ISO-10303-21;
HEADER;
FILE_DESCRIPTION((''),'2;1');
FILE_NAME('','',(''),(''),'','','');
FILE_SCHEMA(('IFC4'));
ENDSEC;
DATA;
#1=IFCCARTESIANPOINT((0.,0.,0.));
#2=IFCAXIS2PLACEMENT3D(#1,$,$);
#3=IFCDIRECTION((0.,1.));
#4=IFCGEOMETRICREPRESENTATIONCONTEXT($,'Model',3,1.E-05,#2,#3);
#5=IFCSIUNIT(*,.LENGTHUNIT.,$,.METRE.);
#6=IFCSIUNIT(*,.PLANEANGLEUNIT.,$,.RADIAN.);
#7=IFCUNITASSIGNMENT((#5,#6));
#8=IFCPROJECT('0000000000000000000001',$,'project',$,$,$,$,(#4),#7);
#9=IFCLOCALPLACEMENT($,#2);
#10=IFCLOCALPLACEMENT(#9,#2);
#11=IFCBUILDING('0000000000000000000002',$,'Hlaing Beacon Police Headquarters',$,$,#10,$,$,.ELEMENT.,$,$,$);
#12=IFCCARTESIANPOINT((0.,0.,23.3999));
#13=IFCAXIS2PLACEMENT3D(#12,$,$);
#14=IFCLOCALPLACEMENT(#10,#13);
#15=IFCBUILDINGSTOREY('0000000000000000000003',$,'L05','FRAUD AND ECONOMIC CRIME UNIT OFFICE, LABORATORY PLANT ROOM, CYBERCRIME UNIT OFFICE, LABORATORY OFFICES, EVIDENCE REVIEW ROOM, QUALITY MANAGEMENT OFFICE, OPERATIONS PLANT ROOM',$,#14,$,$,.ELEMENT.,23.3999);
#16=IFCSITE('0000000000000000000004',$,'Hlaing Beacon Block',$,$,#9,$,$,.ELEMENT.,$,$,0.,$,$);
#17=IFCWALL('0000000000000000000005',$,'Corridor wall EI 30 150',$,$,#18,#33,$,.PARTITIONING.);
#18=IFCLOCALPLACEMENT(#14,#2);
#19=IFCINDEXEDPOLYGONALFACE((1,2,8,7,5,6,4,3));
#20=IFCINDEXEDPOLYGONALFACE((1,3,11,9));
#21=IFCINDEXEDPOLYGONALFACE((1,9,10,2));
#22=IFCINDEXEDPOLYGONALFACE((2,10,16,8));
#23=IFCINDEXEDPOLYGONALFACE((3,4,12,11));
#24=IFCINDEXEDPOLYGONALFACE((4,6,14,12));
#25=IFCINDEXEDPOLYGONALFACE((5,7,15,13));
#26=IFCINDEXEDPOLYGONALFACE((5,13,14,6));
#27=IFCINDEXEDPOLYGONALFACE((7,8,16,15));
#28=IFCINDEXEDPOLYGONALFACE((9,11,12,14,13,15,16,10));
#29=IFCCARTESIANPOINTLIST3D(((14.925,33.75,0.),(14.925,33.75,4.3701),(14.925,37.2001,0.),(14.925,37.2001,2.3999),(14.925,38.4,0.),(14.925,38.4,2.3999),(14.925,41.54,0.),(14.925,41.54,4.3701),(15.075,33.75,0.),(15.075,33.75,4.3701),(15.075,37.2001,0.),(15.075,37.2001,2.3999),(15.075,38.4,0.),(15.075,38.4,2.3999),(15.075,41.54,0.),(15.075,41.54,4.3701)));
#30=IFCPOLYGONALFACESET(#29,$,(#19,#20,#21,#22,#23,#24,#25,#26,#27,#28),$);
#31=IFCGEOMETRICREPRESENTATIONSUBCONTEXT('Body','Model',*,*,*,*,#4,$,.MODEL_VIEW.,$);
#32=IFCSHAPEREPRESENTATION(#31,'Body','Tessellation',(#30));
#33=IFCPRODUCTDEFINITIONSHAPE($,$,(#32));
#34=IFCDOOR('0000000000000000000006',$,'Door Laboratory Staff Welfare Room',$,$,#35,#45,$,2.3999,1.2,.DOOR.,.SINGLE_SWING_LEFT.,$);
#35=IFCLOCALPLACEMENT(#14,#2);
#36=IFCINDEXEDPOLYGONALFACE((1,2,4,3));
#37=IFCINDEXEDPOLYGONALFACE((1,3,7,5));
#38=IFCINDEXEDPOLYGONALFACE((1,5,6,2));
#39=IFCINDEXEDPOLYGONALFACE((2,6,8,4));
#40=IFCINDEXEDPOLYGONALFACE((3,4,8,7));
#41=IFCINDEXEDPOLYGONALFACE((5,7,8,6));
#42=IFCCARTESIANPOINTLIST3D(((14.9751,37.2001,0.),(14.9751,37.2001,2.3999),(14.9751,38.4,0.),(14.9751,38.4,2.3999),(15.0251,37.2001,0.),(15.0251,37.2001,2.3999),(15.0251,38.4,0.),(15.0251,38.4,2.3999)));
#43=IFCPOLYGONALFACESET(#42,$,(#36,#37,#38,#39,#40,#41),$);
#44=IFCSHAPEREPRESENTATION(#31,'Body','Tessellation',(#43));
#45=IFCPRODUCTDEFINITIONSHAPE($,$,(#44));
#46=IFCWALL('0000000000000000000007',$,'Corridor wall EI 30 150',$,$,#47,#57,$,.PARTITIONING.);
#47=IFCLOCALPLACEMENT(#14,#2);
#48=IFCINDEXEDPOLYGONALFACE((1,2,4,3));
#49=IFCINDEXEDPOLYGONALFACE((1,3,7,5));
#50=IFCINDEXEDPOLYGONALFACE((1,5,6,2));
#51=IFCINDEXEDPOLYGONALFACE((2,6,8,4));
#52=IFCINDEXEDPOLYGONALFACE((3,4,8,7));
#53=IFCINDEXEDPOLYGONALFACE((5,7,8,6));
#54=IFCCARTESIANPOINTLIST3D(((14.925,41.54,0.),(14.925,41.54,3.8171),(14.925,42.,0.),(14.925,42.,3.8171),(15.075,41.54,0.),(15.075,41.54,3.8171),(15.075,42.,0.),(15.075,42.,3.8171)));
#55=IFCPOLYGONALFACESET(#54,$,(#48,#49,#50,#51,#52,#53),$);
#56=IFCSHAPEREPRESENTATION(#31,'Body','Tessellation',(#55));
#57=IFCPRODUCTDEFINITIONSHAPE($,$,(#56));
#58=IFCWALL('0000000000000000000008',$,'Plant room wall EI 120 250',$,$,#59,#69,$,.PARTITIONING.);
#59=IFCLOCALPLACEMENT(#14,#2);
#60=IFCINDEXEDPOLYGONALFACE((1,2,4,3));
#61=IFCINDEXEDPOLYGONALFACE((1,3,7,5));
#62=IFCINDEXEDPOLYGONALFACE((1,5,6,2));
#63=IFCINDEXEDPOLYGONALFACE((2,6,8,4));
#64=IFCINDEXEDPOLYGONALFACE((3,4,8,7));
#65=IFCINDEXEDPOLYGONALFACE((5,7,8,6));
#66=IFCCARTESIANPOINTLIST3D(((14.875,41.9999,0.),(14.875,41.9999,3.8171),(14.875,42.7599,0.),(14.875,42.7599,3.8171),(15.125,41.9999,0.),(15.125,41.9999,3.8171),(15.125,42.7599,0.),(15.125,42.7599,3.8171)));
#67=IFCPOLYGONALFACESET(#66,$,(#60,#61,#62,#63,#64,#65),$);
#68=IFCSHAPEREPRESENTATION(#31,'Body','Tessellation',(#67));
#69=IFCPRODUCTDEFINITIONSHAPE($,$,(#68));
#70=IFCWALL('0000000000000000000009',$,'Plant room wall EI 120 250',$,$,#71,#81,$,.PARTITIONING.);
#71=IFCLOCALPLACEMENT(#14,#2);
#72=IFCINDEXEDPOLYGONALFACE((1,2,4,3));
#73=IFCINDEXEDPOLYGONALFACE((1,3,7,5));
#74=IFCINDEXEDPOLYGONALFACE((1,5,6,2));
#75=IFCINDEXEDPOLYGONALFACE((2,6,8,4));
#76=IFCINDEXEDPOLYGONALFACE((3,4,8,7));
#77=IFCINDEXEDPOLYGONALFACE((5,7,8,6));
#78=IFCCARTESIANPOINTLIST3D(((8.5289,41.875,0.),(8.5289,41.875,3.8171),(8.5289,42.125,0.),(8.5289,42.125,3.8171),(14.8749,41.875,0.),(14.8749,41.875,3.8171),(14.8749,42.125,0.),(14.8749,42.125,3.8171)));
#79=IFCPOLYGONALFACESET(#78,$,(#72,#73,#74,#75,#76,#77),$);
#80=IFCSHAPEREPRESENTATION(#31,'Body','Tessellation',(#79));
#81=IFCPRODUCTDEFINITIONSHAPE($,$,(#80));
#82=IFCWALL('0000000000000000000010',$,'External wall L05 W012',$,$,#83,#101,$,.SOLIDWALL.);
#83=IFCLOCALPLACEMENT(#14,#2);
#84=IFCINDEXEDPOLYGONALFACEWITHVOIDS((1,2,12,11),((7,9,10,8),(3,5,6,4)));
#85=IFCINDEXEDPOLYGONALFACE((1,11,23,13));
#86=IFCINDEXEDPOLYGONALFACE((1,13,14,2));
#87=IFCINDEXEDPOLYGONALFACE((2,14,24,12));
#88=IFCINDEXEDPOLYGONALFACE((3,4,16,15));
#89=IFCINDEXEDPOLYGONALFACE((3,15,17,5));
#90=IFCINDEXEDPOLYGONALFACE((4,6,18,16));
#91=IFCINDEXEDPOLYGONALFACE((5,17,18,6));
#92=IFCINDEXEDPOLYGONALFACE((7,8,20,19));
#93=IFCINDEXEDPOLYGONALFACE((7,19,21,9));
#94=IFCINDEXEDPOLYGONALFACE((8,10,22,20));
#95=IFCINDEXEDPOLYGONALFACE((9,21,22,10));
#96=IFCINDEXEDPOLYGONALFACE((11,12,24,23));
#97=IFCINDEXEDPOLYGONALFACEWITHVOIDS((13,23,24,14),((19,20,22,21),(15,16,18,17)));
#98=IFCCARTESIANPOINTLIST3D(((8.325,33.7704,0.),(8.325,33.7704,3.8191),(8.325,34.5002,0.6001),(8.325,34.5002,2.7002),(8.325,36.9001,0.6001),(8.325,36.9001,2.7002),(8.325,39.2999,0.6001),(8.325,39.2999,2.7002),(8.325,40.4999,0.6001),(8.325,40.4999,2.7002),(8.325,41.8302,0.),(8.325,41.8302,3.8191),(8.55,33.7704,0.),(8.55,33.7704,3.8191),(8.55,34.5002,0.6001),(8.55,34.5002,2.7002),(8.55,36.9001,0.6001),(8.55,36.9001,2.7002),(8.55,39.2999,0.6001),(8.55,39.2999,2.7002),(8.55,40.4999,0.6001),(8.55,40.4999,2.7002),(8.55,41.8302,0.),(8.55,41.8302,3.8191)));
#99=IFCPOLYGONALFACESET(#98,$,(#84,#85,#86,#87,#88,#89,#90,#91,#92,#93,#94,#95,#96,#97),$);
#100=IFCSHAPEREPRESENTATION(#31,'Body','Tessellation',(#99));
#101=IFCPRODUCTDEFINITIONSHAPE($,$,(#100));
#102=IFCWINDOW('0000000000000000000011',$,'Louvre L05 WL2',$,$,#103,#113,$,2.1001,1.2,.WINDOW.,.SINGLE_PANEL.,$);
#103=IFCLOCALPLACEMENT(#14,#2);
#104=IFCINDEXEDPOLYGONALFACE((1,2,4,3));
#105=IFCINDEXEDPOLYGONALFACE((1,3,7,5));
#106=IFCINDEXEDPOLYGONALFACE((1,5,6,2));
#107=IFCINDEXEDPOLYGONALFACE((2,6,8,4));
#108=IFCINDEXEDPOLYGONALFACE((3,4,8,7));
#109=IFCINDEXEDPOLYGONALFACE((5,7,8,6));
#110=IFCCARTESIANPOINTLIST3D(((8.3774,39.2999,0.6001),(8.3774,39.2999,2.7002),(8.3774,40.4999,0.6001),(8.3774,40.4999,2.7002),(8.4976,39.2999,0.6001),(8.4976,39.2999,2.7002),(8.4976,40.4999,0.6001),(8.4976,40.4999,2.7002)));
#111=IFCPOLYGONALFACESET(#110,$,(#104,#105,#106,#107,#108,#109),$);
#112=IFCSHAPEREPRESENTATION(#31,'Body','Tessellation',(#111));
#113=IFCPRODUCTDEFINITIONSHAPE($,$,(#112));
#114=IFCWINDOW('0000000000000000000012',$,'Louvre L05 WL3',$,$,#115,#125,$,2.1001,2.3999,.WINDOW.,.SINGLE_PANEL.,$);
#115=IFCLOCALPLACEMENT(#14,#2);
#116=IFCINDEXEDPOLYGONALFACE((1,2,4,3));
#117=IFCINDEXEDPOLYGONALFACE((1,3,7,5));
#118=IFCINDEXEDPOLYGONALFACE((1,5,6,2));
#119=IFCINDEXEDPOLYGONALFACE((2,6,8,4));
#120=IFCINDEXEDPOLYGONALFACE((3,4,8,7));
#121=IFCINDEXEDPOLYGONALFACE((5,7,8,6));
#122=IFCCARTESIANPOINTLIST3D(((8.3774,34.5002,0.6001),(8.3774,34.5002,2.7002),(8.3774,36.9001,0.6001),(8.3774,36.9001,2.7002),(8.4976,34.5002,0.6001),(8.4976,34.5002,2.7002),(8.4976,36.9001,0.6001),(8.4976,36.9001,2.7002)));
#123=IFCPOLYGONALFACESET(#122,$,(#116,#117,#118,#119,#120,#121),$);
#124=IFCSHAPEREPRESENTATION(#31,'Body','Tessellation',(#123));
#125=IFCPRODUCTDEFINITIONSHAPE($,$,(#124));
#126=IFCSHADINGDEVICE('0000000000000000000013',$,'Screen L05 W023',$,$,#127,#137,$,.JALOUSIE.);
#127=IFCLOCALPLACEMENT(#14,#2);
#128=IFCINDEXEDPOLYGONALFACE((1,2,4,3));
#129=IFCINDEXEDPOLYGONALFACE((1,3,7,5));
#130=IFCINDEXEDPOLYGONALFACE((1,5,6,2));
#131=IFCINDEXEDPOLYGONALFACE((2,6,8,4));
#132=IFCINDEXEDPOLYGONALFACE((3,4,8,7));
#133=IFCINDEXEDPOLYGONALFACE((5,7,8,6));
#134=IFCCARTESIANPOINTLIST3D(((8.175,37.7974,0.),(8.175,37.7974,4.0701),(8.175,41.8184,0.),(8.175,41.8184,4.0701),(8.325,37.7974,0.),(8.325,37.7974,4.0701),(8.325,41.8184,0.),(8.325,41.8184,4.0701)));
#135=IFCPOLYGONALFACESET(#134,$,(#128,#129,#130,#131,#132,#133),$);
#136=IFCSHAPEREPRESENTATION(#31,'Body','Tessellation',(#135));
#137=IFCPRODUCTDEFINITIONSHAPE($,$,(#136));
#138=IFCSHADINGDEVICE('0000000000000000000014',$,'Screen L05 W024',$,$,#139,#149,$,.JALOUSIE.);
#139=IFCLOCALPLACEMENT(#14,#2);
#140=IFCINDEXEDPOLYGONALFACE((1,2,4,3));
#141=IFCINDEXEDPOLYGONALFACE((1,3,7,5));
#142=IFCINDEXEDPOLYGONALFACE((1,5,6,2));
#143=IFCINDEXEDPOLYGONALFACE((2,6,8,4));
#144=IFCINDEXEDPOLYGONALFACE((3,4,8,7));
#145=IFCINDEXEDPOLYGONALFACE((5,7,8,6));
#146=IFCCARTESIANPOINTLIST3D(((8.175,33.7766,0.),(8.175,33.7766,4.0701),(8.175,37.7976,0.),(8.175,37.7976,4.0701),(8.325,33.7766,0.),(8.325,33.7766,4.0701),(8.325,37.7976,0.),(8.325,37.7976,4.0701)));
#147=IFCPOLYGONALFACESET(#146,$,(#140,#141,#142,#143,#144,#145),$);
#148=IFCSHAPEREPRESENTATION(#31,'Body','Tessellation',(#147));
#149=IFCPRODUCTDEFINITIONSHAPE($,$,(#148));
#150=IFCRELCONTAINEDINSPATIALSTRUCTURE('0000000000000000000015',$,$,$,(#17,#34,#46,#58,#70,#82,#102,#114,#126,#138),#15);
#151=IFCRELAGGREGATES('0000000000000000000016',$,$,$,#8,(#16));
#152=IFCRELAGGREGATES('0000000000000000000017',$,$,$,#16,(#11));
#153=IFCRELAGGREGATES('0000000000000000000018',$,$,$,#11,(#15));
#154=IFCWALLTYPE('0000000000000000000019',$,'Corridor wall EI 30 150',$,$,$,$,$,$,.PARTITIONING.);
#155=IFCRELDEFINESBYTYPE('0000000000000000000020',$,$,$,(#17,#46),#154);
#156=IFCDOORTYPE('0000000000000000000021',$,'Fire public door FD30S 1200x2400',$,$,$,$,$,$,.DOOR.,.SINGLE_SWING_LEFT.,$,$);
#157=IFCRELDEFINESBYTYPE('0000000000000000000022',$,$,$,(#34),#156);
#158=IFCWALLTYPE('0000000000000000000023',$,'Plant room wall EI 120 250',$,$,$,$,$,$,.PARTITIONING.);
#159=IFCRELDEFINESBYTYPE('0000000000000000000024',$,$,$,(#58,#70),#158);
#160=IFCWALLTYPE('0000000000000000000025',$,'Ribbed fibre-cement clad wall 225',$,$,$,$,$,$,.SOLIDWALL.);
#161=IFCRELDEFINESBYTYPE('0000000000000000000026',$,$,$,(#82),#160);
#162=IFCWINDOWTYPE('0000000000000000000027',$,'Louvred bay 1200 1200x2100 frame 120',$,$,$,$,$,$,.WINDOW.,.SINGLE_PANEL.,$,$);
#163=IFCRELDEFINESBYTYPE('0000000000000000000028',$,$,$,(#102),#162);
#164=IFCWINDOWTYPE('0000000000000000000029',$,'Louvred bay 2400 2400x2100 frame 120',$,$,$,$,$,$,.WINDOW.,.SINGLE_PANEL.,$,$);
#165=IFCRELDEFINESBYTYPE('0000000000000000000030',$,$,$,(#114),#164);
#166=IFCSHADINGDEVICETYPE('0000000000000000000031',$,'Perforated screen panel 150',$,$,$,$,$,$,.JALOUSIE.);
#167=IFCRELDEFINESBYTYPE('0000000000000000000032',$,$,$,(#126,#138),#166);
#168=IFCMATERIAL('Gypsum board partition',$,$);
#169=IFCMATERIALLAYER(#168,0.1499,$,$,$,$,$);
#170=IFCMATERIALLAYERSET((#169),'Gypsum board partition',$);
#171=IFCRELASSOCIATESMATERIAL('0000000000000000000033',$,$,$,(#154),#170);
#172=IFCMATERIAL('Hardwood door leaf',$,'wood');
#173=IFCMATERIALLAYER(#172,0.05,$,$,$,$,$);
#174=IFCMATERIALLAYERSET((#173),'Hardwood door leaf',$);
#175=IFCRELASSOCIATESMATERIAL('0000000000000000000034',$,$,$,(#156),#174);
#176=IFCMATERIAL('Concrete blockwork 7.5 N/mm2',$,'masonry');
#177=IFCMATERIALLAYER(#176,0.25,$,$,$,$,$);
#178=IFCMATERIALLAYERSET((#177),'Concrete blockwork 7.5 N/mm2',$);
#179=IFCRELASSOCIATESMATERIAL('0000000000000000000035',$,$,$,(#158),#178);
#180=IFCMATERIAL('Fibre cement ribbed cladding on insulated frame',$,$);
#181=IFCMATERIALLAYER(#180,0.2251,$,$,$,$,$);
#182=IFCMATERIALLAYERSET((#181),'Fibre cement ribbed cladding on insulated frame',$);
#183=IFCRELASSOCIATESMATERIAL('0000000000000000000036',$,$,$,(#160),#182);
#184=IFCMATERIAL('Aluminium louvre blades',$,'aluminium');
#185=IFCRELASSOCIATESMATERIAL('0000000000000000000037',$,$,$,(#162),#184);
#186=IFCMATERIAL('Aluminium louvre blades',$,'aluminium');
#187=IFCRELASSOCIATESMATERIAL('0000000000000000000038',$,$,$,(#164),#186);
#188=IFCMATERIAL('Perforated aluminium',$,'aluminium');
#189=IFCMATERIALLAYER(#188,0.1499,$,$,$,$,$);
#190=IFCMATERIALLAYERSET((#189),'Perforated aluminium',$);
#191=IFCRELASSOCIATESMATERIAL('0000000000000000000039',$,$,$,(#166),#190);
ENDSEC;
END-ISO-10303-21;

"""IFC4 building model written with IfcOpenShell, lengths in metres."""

from ifc_helpers import new_model, si_unit, direction, frame, frame_2d, origin, origin_2d, place, context, subcontext, project, spatial, rectangle, extrude, material, layer, layer_set, type_object, element, fill, save


model = new_model("IFC4")

# Units and contexts
model_context = context("Model", 3, precision=1e-05, world=origin(), true_north=direction((0.0, 1.0)))
body_context = subcontext(model_context, "Body", "Model", "MODEL_VIEW")
ifc_project = project(units=[si_unit("LENGTHUNIT", "METRE"), si_unit("PLANEANGLEUNIT", "RADIAN")], contexts=[model_context])

# Site, building, storey
site_placement = place(None, origin())
site = spatial("IfcSite", under=ifc_project, at=site_placement, Name="Hlaing Beacon Block", CompositionType="ELEMENT", RefElevation=0.0)
building_placement = place(site_placement, origin())
building = spatial("IfcBuilding", under=site, at=building_placement, Name="Hlaing Beacon Police Headquarters", CompositionType="ELEMENT")
storey_placement = place(building_placement, frame((0.0, 0.0, 23.3999)))
storey = spatial("IfcBuildingStorey", under=building, at=storey_placement, Name="L05", Description="FRAUD AND ECONOMIC CRIME UNIT OFFICE, LABORATORY PLANT ROOM, CYBERCRIME UNIT OFFICE, LABORATORY OFFICES, EVIDENCE REVIEW ROOM, QUALITY MANAGEMENT OFFICE, OPERATIONS PLANT ROOM", CompositionType="ELEMENT", Elevation=23.3999)

# Wall, opening, door
ifc_material_1 = material(Name="Gypsum board partition")
ifc_layer_1 = layer(ifc_material_1, 0.1499)
ifc_layer_set_1 = layer_set([ifc_layer_1], Name="Gypsum board partition")
wall_type_1 = type_object("IfcWallType", Name="Corridor wall EI 30 150", PredefinedType="PARTITIONING", material=ifc_layer_set_1)
wall_1_placement = place(storey_placement, frame((15.0, 33.75, 0.0), z_axis=(0.0, 0.0, 1.0), x_axis=(0.0, 1.0, 0.0)))
wall_1 = element("IfcWall", 1, at=wall_1_placement, inside=storey, type_object=wall_type_1, Name="Corridor wall EI 30 150", PredefinedType="PARTITIONING", context=body_context, shape_type="SweptSolid", body=[
    extrude(rectangle(XDim=7.79, YDim=0.1499, at=frame_2d((3.895, 0.0))), origin(), (0.0, 0.0, 1.0), 4.3701),
])
opening_1_placement = place(wall_1_placement, frame((3.45, 0.0, 0.0)))
opening_1 = element("IfcOpeningElement", 2, at=opening_1_placement, cuts=wall_1, PredefinedType="OPENING", context=body_context, shape_type="SweptSolid", body=[
    extrude(rectangle(XDim=1.2, YDim=2.3999, at=frame_2d((0.6001, 1.2))), frame((0.0, 0.085, 0.0), z_axis=(0.0, -1.0, 0.0), x_axis=(1.0, 0.0, 0.0)), (0.0, 0.0, 1.0), 0.1699),
])
ifc_material_2 = material(Name="Hardwood door leaf", Category="wood")
ifc_layer_2 = layer(ifc_material_2, 0.05)
ifc_layer_set_2 = layer_set([ifc_layer_2], Name="Hardwood door leaf")
door_type_1 = type_object("IfcDoorType", Name="Fire public door FD30S 1200x2400", OperationType="SINGLE_SWING_LEFT", PredefinedType="DOOR", material=ifc_layer_set_2)
door_1_placement = place(opening_1_placement, origin())
door_1 = element("IfcDoor", 3, at=door_1_placement, inside=storey, type_object=door_type_1, Name="Door Laboratory Staff Welfare Room", OperationType="SINGLE_SWING_LEFT", OverallHeight=2.3999, OverallWidth=1.2, PredefinedType="DOOR", context=body_context, shape_type="SweptSolid", body=[
    extrude(rectangle(XDim=1.2, YDim=2.3999, at=frame_2d((0.6001, 1.2))), frame((0.0, 0.0249, 0.0), z_axis=(0.0, -1.0, 0.0), x_axis=(1.0, 0.0, 0.0)), (0.0, 0.0, 1.0), 0.05),
])
fill(opening_1, door_1)

# Walls
wall_2_placement = place(storey_placement, frame((15.0, 41.54, 0.0), z_axis=(0.0, 0.0, 1.0), x_axis=(0.0, 1.0, 0.0)))
element("IfcWall", 4, at=wall_2_placement, inside=storey, type_object=wall_type_1, Name="Corridor wall EI 30 150", PredefinedType="PARTITIONING", context=body_context, shape_type="SweptSolid", body=[
    extrude(rectangle(XDim=0.46, YDim=0.1499, at=frame_2d((0.23, 0.0))), origin(), (0.0, 0.0, 1.0), 3.8171),
])
ifc_material_3 = material(Name="Concrete blockwork 7.5 N/mm2", Category="masonry")
ifc_layer_3 = layer(ifc_material_3, 0.25)
ifc_layer_set_3 = layer_set([ifc_layer_3], Name="Concrete blockwork 7.5 N/mm2")
wall_type_2 = type_object("IfcWallType", Name="Plant room wall EI 120 250", PredefinedType="PARTITIONING", material=ifc_layer_set_3)
wall_3_placement = place(storey_placement, frame((15.0, 42.0, 0.0), z_axis=(0.0, 0.0, 1.0), x_axis=(0.0, 1.0, 0.0)))
element("IfcWall", 5, at=wall_3_placement, inside=storey, type_object=wall_type_2, Name="Plant room wall EI 120 250", PredefinedType="PARTITIONING", context=body_context, shape_type="SweptSolid", body=[
    extrude(rectangle(XDim=0.76, YDim=0.25, at=frame_2d((0.3799, 0.0))), origin(), (0.0, 0.0, 1.0), 3.8171),
])
wall_4_placement = place(storey_placement, frame((8.5291, 42.0, 0.0), z_axis=(0.0, 0.0, 1.0), x_axis=(1.0, 0.0, 0.0)))
element("IfcWall", 6, at=wall_4_placement, inside=storey, type_object=wall_type_2, Name="Plant room wall EI 120 250", PredefinedType="PARTITIONING", context=body_context, shape_type="SweptSolid", body=[
    extrude(rectangle(XDim=6.3459, YDim=0.25, at=frame_2d((3.1729, 0.0))), origin(), (0.0, 0.0, 1.0), 3.8171),
])

# Wall, openings, windows
ifc_material_4 = material(Name="Fibre cement ribbed cladding on insulated frame")
ifc_layer_4 = layer(ifc_material_4, 0.2251)
ifc_layer_set_4 = layer_set([ifc_layer_4], Name="Fibre cement ribbed cladding on insulated frame")
wall_type_3 = type_object("IfcWallType", Name="Ribbed fibre-cement clad wall 225", PredefinedType="SOLIDWALL", material=ifc_layer_set_4)
wall_5_placement = place(storey_placement, frame((8.4375, 41.8301, 0.0), z_axis=(0.0, 0.0, 1.0), x_axis=(0.0, -1.0, 0.0)))
wall_5 = element("IfcWall", 7, at=wall_5_placement, inside=storey, type_object=wall_type_3, Name="External wall L05 W012", PredefinedType="SOLIDWALL", context=body_context, shape_type="SweptSolid", body=[
    extrude(rectangle(XDim=8.0598, YDim=0.2251, at=frame_2d((4.0298, 0.0))), origin(), (0.0, 0.0, 1.0), 3.8191),
])
opening_2_placement = place(wall_5_placement, frame((1.3301, 0.0, 0.6001)))
opening_2 = element("IfcOpeningElement", 8, at=opening_2_placement, cuts=wall_5, PredefinedType="OPENING", context=body_context, shape_type="SweptSolid", body=[
    extrude(rectangle(XDim=1.2, YDim=2.1001, at=frame_2d((0.6001, 1.05))), frame((0.0, 0.1226, 0.0), z_axis=(0.0, -1.0, 0.0), x_axis=(1.0, 0.0, 0.0)), (0.0, 0.0, 1.0), 0.2451),
])
opening_3_placement = place(wall_5_placement, frame((4.9299, 0.0, 0.6001)))
opening_3 = element("IfcOpeningElement", 9, at=opening_3_placement, cuts=wall_5, PredefinedType="OPENING", context=body_context, shape_type="SweptSolid", body=[
    extrude(rectangle(XDim=2.3999, YDim=2.1001, at=frame_2d((1.2, 1.05))), frame((0.0, 0.1226, 0.0), z_axis=(0.0, -1.0, 0.0), x_axis=(1.0, 0.0, 0.0)), (0.0, 0.0, 1.0), 0.2451),
])
ifc_material_5 = material(Name="Aluminium louvre blades", Category="aluminium")
window_type_1 = type_object("IfcWindowType", Name="Louvred bay 1200 1200x2100 frame 120", PartitioningType="SINGLE_PANEL", PredefinedType="WINDOW", material=ifc_material_5)
window_1_placement = place(opening_2_placement, origin())
window_1 = element("IfcWindow", 10, at=window_1_placement, inside=storey, type_object=window_type_1, Name="Louvre L05 WL2", OverallHeight=2.1001, OverallWidth=1.2, PartitioningType="SINGLE_PANEL", PredefinedType="WINDOW", context=body_context, shape_type="SweptSolid", body=[
    extrude(rectangle(XDim=1.2, YDim=2.1001, at=frame_2d((0.6001, 1.05))), frame((0.0, 0.0601, 0.0), z_axis=(0.0, -1.0, 0.0), x_axis=(1.0, 0.0, 0.0)), (0.0, 0.0, 1.0), 0.1201),
])
fill(opening_2, window_1)
ifc_material_6 = material(Name="Aluminium louvre blades", Category="aluminium")
window_type_2 = type_object("IfcWindowType", Name="Louvred bay 2400 2400x2100 frame 120", PartitioningType="SINGLE_PANEL", PredefinedType="WINDOW", material=ifc_material_6)
window_2_placement = place(opening_3_placement, origin())
window_2 = element("IfcWindow", 11, at=window_2_placement, inside=storey, type_object=window_type_2, Name="Louvre L05 WL3", OverallHeight=2.1001, OverallWidth=2.3999, PartitioningType="SINGLE_PANEL", PredefinedType="WINDOW", context=body_context, shape_type="SweptSolid", body=[
    extrude(rectangle(XDim=2.3999, YDim=2.1001, at=frame_2d((1.2, 1.05))), frame((0.0, 0.0601, 0.0), z_axis=(0.0, -1.0, 0.0), x_axis=(1.0, 0.0, 0.0)), (0.0, 0.0, 1.0), 0.1201),
])
fill(opening_3, window_2)

# Shading devices
ifc_material_7 = material(Name="Perforated aluminium", Category="aluminium")
ifc_layer_5 = layer(ifc_material_7, 0.1499)
ifc_layer_set_5 = layer_set([ifc_layer_5], Name="Perforated aluminium")
shading_device_type = type_object("IfcShadingDeviceType", Name="Perforated screen panel 150", PredefinedType="JALOUSIE", material=ifc_layer_set_5)
for number, where, z_axis, x_axis, name in (
    (12, (8.25, 39.8079, 0.0), (0.0, 0.0, 1.0), (0.0, -1.0, 0.0), "Screen L05 W023"),
    (13, (8.25, 35.7871, 0.0), (0.0, 0.0, 1.0), (0.0, -1.0, 0.0), "Screen L05 W024"),
):
    element("IfcShadingDevice", number, at=place(storey_placement, frame(where, z_axis=z_axis, x_axis=x_axis)), inside=storey, type_object=shading_device_type, Name=name, PredefinedType="JALOUSIE", context=body_context, shape_type="SweptSolid", body=[
        extrude(rectangle(XDim=4.021, YDim=0.1499, at=origin_2d()), origin(), (0.0, 0.0, 1.0), 4.0701),
    ])

save(model, "model.ifc")
